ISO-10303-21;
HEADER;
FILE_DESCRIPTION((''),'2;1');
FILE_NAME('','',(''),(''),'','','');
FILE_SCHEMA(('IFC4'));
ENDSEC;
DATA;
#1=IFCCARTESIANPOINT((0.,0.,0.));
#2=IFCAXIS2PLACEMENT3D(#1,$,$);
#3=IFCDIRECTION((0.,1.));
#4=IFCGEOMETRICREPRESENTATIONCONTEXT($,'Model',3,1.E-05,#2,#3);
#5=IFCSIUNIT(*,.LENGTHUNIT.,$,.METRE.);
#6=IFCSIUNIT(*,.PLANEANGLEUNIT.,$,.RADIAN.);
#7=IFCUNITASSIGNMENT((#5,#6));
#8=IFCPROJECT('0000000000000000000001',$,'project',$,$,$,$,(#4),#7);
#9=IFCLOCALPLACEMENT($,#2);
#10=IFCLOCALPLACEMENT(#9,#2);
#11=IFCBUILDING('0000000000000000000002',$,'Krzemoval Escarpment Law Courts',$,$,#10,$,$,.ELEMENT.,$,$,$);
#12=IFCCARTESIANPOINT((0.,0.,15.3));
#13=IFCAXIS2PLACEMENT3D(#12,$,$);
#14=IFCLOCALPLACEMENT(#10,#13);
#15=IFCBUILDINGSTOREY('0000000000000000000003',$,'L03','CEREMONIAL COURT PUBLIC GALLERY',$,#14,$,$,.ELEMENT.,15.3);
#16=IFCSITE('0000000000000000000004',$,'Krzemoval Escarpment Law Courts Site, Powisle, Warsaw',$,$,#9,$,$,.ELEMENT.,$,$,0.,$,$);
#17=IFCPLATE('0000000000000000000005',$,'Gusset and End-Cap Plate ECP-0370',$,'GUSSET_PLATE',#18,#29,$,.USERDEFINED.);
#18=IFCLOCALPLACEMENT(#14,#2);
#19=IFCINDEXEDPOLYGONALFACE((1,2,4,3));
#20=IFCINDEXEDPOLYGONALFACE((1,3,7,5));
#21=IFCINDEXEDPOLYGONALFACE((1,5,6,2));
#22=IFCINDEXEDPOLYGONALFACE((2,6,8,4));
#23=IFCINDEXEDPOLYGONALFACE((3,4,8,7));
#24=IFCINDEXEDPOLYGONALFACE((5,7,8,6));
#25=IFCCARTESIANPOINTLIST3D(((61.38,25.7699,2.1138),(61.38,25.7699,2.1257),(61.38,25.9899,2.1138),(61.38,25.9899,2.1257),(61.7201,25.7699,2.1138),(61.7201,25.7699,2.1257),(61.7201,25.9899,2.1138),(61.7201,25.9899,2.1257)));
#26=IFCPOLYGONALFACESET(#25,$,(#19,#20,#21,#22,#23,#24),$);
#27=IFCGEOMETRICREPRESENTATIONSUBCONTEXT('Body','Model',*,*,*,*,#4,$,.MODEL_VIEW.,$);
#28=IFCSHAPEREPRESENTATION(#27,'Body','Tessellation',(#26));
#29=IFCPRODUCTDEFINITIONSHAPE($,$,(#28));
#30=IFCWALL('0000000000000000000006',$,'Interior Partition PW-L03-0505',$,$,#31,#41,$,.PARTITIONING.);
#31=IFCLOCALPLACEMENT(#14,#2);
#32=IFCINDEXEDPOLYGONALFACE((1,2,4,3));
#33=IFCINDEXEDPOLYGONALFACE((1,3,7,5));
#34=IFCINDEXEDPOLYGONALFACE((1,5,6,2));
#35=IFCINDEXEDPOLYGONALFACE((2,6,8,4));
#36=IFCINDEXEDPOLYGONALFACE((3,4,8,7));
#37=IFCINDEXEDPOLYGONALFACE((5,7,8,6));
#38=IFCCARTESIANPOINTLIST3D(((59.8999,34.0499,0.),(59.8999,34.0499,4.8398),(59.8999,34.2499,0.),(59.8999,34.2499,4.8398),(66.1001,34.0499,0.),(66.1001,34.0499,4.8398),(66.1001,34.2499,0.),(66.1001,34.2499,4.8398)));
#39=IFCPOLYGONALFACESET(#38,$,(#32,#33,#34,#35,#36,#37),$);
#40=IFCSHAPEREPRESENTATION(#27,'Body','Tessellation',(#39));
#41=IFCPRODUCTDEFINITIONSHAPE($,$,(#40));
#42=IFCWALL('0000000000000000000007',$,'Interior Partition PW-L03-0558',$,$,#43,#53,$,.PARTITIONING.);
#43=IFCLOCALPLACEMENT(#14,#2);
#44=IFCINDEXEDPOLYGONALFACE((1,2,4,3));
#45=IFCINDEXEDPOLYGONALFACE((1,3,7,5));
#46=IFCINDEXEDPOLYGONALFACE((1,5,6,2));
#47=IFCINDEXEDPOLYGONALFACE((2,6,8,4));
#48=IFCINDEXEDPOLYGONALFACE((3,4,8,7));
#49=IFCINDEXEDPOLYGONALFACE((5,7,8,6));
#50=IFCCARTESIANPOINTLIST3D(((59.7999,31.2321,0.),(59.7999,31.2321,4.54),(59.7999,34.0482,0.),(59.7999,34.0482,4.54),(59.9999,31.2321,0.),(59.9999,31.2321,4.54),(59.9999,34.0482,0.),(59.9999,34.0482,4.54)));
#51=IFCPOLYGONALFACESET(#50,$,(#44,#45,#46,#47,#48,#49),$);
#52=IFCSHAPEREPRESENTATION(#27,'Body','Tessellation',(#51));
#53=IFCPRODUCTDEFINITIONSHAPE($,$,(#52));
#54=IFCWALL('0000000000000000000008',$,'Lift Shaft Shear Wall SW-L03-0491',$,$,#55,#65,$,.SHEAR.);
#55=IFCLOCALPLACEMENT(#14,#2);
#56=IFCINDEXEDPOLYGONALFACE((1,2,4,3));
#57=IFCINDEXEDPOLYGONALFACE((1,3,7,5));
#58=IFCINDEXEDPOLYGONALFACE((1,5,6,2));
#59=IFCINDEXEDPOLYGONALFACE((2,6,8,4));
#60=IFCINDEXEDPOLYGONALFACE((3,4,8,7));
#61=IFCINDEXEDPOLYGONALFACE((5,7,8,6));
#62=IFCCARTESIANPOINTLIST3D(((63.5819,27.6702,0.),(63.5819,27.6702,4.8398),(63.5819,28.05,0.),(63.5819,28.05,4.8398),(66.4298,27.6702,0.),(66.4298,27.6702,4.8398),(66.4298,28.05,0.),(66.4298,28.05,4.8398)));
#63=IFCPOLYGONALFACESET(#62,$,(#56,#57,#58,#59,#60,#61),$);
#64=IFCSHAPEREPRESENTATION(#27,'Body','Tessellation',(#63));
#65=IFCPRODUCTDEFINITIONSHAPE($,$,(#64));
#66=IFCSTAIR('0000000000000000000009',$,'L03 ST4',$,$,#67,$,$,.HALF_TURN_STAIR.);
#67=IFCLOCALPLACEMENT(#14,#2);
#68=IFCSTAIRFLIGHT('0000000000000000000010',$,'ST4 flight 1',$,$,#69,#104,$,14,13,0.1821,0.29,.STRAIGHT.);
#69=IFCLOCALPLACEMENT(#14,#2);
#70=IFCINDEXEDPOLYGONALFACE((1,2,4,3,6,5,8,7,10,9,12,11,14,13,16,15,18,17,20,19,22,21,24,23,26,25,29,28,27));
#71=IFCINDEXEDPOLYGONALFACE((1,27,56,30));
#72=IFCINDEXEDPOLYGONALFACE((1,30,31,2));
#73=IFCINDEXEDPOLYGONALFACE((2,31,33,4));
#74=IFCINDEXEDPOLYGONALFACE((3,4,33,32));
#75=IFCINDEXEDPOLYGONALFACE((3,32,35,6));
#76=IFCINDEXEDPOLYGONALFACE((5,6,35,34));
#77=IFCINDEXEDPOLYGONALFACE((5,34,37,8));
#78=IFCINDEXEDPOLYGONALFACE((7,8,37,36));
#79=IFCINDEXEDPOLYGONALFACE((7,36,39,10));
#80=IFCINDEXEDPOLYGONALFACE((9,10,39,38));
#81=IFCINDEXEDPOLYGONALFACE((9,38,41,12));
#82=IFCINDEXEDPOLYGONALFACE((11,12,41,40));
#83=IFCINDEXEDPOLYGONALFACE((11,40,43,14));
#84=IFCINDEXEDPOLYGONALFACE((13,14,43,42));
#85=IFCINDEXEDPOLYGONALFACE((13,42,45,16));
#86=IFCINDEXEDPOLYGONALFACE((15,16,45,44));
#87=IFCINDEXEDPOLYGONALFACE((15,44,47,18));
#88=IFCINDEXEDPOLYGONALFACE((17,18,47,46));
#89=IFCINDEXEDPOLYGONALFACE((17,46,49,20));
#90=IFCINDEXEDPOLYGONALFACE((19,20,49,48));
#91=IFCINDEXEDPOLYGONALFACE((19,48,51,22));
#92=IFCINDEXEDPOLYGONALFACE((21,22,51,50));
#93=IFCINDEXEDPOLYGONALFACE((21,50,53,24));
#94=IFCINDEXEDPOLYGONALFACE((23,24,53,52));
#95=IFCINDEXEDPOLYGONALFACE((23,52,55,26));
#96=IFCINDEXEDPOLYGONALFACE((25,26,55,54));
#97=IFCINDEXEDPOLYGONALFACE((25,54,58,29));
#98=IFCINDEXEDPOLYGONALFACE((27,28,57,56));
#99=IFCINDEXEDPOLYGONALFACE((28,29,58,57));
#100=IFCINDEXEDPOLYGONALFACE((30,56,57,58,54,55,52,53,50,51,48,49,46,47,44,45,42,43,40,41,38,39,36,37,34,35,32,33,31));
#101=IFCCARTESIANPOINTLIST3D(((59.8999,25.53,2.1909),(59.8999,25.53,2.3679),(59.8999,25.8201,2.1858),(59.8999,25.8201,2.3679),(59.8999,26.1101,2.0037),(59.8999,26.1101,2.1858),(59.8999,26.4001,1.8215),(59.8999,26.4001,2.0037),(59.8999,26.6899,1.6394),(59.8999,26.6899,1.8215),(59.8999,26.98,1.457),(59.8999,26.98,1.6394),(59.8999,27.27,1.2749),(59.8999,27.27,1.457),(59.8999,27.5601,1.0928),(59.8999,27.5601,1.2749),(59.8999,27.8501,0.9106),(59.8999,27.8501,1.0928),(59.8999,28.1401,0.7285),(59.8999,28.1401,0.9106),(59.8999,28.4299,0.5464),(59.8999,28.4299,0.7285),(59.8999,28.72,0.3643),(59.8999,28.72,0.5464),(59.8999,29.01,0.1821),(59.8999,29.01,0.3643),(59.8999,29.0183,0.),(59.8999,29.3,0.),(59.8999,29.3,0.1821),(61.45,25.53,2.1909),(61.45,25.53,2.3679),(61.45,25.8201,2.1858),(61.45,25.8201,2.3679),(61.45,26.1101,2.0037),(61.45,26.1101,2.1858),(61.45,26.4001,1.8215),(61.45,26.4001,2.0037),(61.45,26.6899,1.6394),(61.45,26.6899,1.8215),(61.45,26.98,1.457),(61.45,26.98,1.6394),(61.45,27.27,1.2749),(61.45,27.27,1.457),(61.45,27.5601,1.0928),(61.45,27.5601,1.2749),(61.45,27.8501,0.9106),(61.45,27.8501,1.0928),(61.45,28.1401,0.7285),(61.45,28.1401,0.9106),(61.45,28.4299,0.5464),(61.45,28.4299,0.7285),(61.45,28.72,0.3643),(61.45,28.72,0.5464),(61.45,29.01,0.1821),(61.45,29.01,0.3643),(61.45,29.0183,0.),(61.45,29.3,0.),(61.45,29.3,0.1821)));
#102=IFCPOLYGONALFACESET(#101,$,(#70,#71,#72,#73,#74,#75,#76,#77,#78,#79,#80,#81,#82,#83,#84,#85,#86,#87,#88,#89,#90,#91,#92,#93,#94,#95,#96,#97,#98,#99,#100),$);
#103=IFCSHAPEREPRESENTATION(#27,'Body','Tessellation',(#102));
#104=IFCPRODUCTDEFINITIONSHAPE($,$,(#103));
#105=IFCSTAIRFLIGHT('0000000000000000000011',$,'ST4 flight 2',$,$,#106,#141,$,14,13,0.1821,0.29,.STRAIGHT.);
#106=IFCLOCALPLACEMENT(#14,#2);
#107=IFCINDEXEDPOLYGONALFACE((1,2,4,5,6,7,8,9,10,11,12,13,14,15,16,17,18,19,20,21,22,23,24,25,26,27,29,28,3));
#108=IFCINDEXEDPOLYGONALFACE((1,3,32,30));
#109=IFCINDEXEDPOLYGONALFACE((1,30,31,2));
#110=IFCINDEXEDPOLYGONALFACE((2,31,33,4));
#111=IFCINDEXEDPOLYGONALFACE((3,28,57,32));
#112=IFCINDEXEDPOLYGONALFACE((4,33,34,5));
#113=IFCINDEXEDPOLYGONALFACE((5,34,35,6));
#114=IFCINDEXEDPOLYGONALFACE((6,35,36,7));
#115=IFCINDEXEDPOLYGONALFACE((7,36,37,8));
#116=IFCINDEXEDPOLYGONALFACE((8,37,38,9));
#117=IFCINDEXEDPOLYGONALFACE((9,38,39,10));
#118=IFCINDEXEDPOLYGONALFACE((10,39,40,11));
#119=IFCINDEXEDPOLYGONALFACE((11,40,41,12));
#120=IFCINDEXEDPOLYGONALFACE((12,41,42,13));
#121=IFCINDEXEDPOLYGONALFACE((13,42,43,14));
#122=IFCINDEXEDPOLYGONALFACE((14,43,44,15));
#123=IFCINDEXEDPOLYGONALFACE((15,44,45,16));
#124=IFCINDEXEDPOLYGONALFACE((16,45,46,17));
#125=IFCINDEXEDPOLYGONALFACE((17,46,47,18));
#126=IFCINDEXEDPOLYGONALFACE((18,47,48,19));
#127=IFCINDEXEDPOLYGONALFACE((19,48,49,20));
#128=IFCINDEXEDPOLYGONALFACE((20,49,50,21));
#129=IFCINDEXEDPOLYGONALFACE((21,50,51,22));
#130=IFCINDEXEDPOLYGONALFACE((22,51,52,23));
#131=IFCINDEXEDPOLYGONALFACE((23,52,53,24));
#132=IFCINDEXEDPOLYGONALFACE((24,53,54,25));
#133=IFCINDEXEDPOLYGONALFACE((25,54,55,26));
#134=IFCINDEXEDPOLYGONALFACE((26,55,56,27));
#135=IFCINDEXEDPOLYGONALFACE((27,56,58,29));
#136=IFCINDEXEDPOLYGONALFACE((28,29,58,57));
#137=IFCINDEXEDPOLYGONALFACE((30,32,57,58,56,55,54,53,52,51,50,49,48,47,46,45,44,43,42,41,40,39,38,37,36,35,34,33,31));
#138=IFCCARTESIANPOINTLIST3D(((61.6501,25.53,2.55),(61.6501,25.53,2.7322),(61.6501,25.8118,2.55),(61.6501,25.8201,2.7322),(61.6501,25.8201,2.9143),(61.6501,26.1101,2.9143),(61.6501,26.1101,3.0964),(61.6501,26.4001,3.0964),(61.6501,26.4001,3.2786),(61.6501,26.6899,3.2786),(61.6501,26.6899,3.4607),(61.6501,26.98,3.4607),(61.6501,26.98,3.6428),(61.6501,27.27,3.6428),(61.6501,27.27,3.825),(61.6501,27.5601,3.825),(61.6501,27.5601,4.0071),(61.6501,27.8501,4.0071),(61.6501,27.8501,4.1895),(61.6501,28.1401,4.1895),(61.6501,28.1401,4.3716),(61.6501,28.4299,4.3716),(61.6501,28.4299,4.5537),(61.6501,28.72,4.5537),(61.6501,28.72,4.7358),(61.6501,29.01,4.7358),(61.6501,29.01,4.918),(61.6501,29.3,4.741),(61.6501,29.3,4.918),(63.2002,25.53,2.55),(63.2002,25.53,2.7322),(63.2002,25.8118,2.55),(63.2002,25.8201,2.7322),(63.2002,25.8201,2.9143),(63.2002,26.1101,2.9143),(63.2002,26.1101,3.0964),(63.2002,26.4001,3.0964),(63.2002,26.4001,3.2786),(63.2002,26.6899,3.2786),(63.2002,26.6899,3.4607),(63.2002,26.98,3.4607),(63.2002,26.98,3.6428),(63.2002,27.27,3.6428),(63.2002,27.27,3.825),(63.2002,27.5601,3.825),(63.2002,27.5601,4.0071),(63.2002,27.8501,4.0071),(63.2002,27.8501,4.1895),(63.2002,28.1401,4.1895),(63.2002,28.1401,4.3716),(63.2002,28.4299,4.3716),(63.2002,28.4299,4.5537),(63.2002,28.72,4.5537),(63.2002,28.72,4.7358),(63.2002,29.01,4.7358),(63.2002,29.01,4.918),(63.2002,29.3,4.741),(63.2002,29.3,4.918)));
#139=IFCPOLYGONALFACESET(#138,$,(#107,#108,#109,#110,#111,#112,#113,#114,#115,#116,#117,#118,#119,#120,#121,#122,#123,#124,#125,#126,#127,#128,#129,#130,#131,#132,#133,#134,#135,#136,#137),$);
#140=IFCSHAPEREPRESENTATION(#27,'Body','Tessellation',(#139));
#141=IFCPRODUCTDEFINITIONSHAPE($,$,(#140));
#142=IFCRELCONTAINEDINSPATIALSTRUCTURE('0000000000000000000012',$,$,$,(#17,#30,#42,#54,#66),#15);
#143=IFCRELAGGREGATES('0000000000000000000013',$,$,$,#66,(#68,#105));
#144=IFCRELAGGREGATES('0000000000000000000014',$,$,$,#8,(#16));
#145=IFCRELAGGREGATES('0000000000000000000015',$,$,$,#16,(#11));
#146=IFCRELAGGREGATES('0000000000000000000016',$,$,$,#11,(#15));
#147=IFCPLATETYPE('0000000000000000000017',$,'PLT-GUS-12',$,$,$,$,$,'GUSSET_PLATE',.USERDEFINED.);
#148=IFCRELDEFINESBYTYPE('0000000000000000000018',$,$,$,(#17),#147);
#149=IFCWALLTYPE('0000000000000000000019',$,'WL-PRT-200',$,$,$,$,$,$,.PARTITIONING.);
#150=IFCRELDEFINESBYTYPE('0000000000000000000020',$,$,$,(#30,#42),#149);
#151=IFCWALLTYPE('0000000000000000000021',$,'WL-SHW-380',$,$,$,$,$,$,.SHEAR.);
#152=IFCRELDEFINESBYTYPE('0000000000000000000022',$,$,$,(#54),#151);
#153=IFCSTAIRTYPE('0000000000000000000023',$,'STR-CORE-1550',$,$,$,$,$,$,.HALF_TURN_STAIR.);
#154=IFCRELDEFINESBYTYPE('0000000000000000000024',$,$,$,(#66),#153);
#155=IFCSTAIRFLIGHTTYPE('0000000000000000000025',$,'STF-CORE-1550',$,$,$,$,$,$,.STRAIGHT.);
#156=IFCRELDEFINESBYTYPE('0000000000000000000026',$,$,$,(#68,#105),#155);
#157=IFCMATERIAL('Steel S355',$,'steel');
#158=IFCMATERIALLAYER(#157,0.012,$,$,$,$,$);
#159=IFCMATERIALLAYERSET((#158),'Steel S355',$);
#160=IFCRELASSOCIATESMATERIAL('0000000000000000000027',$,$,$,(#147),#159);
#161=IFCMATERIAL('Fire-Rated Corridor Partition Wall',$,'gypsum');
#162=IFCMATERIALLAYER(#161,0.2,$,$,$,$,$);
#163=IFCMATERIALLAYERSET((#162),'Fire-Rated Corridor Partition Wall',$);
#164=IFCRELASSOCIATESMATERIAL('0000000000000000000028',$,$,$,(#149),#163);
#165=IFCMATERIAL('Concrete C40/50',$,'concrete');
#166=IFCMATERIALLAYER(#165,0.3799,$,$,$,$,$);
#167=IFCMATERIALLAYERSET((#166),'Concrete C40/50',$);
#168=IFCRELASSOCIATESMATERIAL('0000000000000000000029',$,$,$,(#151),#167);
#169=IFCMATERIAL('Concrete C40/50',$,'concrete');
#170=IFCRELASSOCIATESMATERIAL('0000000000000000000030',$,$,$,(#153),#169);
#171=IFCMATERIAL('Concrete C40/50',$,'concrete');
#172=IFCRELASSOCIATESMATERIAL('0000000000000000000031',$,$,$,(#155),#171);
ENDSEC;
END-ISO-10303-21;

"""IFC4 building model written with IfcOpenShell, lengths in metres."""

from ifc_helpers import new_model, si_unit, direction, frame, frame_2d, origin, origin_2d, place, context, subcontext, project, spatial, polyline, rectangle, outline, extrude, material, layer, layer_set, type_object, element, aggregate, save


model = new_model("IFC4")

# Units and contexts
model_context = context("Model", 3, precision=1e-05, world=origin(), true_north=direction((0.0, 1.0)))
body_context = subcontext(model_context, "Body", "Model", "MODEL_VIEW")
ifc_project = project(units=[si_unit("LENGTHUNIT", "METRE"), si_unit("PLANEANGLEUNIT", "RADIAN")], contexts=[model_context])

# Site, building, storey
site_placement = place(None, origin())
site = spatial("IfcSite", under=ifc_project, at=site_placement, Name="Krzemoval Escarpment Law Courts Site, Powisle, Warsaw", CompositionType="ELEMENT", RefElevation=0.0)
building_placement = place(site_placement, origin())
building = spatial("IfcBuilding", under=site, at=building_placement, Name="Krzemoval Escarpment Law Courts", CompositionType="ELEMENT")
storey_placement = place(building_placement, frame((0.0, 0.0, 15.3)))
storey = spatial("IfcBuildingStorey", under=building, at=storey_placement, Name="L03", Description="CEREMONIAL COURT PUBLIC GALLERY", CompositionType="ELEMENT", Elevation=15.3)

# Plate
ifc_material_1 = material(Name="Steel S355", Category="steel")
ifc_layer_1 = layer(ifc_material_1, 0.012)
ifc_layer_set_1 = layer_set([ifc_layer_1], Name="Steel S355")
plate_type_1 = type_object("IfcPlateType", Name="PLT-GUS-12", ElementType="GUSSET_PLATE", PredefinedType="USERDEFINED", material=ifc_layer_set_1)
plate_1_placement = place(storey_placement, frame((61.55, 25.8799, 2.1138), z_axis=(0.0, 0.0, 1.0), x_axis=(1.0, 0.0, 0.0)))
element("IfcPlate", 1, at=plate_1_placement, inside=storey, type_object=plate_type_1, Name="Gusset and End-Cap Plate ECP-0370", ObjectType="GUSSET_PLATE", PredefinedType="USERDEFINED", context=body_context, shape_type="SweptSolid", body=[
    extrude(rectangle(XDim=0.3401, YDim=0.22, at=origin_2d()), origin(), (0.0, 0.0, 1.0), 0.012),
])

# Walls
ifc_material_2 = material(Name="Fire-Rated Corridor Partition Wall", Category="gypsum")
ifc_layer_2 = layer(ifc_material_2, 0.2)
ifc_layer_set_2 = layer_set([ifc_layer_2], Name="Fire-Rated Corridor Partition Wall")
wall_type_1 = type_object("IfcWallType", Name="WL-PRT-200", PredefinedType="PARTITIONING", material=ifc_layer_set_2)
wall_1_placement = place(storey_placement, frame((59.8999, 34.1499, 0.0), z_axis=(0.0, 0.0, 1.0), x_axis=(1.0, 0.0, 0.0)))
element("IfcWall", 2, at=wall_1_placement, inside=storey, type_object=wall_type_1, Name="Interior Partition PW-L03-0505", PredefinedType="PARTITIONING", context=body_context, shape_type="SweptSolid", body=[
    extrude(rectangle(XDim=6.2002, YDim=0.2, at=frame_2d((3.1001, 0.0))), origin(), (0.0, 0.0, 1.0), 4.8398),
])
wall_2_placement = place(storey_placement, frame((59.8999, 31.2319, 0.0), z_axis=(0.0, 0.0, 1.0), x_axis=(0.0, 1.0, 0.0)))
element("IfcWall", 3, at=wall_2_placement, inside=storey, type_object=wall_type_1, Name="Interior Partition PW-L03-0558", PredefinedType="PARTITIONING", context=body_context, shape_type="SweptSolid", body=[
    extrude(rectangle(XDim=2.8162, YDim=0.2, at=frame_2d((1.4082, 0.0))), origin(), (0.0, 0.0, 1.0), 4.54),
])
ifc_material_3 = material(Name="Concrete C40/50", Category="concrete")
ifc_layer_3 = layer(ifc_material_3, 0.3799)
ifc_layer_set_3 = layer_set([ifc_layer_3], Name="Concrete C40/50")
wall_type_2 = type_object("IfcWallType", Name="WL-SHW-380", PredefinedType="SHEAR", material=ifc_layer_set_3)
wall_3_placement = place(storey_placement, frame((63.582, 27.8601, 0.0), z_axis=(0.0, 0.0, 1.0), x_axis=(1.0, 0.0, 0.0)))
element("IfcWall", 4, at=wall_3_placement, inside=storey, type_object=wall_type_2, Name="Lift Shaft Shear Wall SW-L03-0491", PredefinedType="SHEAR", context=body_context, shape_type="SweptSolid", body=[
    extrude(rectangle(XDim=2.8479, YDim=0.3799, at=frame_2d((1.4238, 0.0))), origin(), (0.0, 0.0, 1.0), 4.8398),
])

# Stair, stair flights
ifc_material_4 = material(Name="Concrete C40/50", Category="concrete")
stair_type = type_object("IfcStairType", Name="STR-CORE-1550", PredefinedType="HALF_TURN_STAIR", material=ifc_material_4)
stair_placement = place(storey_placement, origin())
stair = element("IfcStair", 5, at=stair_placement, inside=storey, type_object=stair_type, Name="L03 ST4", PredefinedType="HALF_TURN_STAIR")
ifc_material_5 = material(Name="Concrete C40/50", Category="concrete")
stair_flight_type = type_object("IfcStairFlightType", Name="STF-CORE-1550", PredefinedType="STRAIGHT", material=ifc_material_5)
stair_flight_1_placement = place(storey_placement, frame((60.675, 29.3, 0.0), z_axis=(0.0, 0.0, 1.0), x_axis=(0.0, -1.0, 0.0)))
stair_flight_1 = element("IfcStairFlight", 6, at=stair_flight_1_placement, type_object=stair_flight_type, Name="ST4 flight 1", NumberOfRisers=14, NumberOfTreads=13, PredefinedType="STRAIGHT", RiserHeight=0.1821, TreadLength=0.29, context=body_context, shape_type="SweptSolid", body=[
    extrude(outline(polyline([(0.0, 0.0), (0.0, 0.1821), (0.29, 0.1821), (0.29, 0.3643), (0.5801, 0.3643), (0.5801, 0.5464), (0.8701, 0.5464), (0.8701, 0.7285), (1.1599, 0.7285), (1.1599, 0.9106), (1.45, 0.9106), (1.45, 1.0928), (1.74, 1.0928), (1.74, 1.2749), (2.03, 1.2749), (2.03, 1.457), (2.3201, 1.457), (2.3201, 1.6394), (2.6101, 1.6394), (2.6101, 1.8215), (2.8999, 1.8215), (2.8999, 2.0037), (3.1899, 2.0037), (3.1899, 2.1858), (3.48, 2.1858), (3.48, 2.3679), (3.77, 2.3679), (3.77, 2.55), (3.77, 2.1909), (0.2817, 0.0), (0.0, 0.0)])), frame((0.0, 0.7749, 0.0), z_axis=(0.0, -1.0, 0.0), x_axis=(1.0, 0.0, 0.0)), (0.0, 0.0, 1.0), 1.55),
])
stair_flight_2_placement = place(storey_placement, frame((62.425, 25.53, 2.55), z_axis=(0.0, 0.0, 1.0), x_axis=(0.0, 1.0, 0.0)))
stair_flight_2 = element("IfcStairFlight", 7, at=stair_flight_2_placement, type_object=stair_flight_type, Name="ST4 flight 2", NumberOfRisers=14, NumberOfTreads=13, PredefinedType="STRAIGHT", RiserHeight=0.1821, TreadLength=0.29, context=body_context, shape_type="SweptSolid", body=[
    extrude(outline(polyline([(0.0, 0.0), (0.0, 0.1821), (0.29, 0.1821), (0.29, 0.3643), (0.5801, 0.3643), (0.5801, 0.5464), (0.8701, 0.5464), (0.8701, 0.7285), (1.1599, 0.7285), (1.1599, 0.9106), (1.45, 0.9106), (1.45, 1.0928), (1.74, 1.0928), (1.74, 1.2749), (2.03, 1.2749), (2.03, 1.457), (2.3201, 1.457), (2.3201, 1.6394), (2.6101, 1.6394), (2.6101, 1.8215), (2.8999, 1.8215), (2.8999, 2.0037), (3.1899, 2.0037), (3.1899, 2.1858), (3.48, 2.1858), (3.48, 2.3679), (3.77, 2.3679), (3.77, 2.55), (3.77, 2.1909), (0.2817, 0.0), (0.0, 0.0)])), frame((0.0, 0.7749, 0.0), z_axis=(0.0, -1.0, 0.0), x_axis=(1.0, 0.0, 0.0)), (0.0, 0.0, 1.0), 1.55),
])
aggregate(stair, [stair_flight_1, stair_flight_2])

save(model, "model.ifc")
